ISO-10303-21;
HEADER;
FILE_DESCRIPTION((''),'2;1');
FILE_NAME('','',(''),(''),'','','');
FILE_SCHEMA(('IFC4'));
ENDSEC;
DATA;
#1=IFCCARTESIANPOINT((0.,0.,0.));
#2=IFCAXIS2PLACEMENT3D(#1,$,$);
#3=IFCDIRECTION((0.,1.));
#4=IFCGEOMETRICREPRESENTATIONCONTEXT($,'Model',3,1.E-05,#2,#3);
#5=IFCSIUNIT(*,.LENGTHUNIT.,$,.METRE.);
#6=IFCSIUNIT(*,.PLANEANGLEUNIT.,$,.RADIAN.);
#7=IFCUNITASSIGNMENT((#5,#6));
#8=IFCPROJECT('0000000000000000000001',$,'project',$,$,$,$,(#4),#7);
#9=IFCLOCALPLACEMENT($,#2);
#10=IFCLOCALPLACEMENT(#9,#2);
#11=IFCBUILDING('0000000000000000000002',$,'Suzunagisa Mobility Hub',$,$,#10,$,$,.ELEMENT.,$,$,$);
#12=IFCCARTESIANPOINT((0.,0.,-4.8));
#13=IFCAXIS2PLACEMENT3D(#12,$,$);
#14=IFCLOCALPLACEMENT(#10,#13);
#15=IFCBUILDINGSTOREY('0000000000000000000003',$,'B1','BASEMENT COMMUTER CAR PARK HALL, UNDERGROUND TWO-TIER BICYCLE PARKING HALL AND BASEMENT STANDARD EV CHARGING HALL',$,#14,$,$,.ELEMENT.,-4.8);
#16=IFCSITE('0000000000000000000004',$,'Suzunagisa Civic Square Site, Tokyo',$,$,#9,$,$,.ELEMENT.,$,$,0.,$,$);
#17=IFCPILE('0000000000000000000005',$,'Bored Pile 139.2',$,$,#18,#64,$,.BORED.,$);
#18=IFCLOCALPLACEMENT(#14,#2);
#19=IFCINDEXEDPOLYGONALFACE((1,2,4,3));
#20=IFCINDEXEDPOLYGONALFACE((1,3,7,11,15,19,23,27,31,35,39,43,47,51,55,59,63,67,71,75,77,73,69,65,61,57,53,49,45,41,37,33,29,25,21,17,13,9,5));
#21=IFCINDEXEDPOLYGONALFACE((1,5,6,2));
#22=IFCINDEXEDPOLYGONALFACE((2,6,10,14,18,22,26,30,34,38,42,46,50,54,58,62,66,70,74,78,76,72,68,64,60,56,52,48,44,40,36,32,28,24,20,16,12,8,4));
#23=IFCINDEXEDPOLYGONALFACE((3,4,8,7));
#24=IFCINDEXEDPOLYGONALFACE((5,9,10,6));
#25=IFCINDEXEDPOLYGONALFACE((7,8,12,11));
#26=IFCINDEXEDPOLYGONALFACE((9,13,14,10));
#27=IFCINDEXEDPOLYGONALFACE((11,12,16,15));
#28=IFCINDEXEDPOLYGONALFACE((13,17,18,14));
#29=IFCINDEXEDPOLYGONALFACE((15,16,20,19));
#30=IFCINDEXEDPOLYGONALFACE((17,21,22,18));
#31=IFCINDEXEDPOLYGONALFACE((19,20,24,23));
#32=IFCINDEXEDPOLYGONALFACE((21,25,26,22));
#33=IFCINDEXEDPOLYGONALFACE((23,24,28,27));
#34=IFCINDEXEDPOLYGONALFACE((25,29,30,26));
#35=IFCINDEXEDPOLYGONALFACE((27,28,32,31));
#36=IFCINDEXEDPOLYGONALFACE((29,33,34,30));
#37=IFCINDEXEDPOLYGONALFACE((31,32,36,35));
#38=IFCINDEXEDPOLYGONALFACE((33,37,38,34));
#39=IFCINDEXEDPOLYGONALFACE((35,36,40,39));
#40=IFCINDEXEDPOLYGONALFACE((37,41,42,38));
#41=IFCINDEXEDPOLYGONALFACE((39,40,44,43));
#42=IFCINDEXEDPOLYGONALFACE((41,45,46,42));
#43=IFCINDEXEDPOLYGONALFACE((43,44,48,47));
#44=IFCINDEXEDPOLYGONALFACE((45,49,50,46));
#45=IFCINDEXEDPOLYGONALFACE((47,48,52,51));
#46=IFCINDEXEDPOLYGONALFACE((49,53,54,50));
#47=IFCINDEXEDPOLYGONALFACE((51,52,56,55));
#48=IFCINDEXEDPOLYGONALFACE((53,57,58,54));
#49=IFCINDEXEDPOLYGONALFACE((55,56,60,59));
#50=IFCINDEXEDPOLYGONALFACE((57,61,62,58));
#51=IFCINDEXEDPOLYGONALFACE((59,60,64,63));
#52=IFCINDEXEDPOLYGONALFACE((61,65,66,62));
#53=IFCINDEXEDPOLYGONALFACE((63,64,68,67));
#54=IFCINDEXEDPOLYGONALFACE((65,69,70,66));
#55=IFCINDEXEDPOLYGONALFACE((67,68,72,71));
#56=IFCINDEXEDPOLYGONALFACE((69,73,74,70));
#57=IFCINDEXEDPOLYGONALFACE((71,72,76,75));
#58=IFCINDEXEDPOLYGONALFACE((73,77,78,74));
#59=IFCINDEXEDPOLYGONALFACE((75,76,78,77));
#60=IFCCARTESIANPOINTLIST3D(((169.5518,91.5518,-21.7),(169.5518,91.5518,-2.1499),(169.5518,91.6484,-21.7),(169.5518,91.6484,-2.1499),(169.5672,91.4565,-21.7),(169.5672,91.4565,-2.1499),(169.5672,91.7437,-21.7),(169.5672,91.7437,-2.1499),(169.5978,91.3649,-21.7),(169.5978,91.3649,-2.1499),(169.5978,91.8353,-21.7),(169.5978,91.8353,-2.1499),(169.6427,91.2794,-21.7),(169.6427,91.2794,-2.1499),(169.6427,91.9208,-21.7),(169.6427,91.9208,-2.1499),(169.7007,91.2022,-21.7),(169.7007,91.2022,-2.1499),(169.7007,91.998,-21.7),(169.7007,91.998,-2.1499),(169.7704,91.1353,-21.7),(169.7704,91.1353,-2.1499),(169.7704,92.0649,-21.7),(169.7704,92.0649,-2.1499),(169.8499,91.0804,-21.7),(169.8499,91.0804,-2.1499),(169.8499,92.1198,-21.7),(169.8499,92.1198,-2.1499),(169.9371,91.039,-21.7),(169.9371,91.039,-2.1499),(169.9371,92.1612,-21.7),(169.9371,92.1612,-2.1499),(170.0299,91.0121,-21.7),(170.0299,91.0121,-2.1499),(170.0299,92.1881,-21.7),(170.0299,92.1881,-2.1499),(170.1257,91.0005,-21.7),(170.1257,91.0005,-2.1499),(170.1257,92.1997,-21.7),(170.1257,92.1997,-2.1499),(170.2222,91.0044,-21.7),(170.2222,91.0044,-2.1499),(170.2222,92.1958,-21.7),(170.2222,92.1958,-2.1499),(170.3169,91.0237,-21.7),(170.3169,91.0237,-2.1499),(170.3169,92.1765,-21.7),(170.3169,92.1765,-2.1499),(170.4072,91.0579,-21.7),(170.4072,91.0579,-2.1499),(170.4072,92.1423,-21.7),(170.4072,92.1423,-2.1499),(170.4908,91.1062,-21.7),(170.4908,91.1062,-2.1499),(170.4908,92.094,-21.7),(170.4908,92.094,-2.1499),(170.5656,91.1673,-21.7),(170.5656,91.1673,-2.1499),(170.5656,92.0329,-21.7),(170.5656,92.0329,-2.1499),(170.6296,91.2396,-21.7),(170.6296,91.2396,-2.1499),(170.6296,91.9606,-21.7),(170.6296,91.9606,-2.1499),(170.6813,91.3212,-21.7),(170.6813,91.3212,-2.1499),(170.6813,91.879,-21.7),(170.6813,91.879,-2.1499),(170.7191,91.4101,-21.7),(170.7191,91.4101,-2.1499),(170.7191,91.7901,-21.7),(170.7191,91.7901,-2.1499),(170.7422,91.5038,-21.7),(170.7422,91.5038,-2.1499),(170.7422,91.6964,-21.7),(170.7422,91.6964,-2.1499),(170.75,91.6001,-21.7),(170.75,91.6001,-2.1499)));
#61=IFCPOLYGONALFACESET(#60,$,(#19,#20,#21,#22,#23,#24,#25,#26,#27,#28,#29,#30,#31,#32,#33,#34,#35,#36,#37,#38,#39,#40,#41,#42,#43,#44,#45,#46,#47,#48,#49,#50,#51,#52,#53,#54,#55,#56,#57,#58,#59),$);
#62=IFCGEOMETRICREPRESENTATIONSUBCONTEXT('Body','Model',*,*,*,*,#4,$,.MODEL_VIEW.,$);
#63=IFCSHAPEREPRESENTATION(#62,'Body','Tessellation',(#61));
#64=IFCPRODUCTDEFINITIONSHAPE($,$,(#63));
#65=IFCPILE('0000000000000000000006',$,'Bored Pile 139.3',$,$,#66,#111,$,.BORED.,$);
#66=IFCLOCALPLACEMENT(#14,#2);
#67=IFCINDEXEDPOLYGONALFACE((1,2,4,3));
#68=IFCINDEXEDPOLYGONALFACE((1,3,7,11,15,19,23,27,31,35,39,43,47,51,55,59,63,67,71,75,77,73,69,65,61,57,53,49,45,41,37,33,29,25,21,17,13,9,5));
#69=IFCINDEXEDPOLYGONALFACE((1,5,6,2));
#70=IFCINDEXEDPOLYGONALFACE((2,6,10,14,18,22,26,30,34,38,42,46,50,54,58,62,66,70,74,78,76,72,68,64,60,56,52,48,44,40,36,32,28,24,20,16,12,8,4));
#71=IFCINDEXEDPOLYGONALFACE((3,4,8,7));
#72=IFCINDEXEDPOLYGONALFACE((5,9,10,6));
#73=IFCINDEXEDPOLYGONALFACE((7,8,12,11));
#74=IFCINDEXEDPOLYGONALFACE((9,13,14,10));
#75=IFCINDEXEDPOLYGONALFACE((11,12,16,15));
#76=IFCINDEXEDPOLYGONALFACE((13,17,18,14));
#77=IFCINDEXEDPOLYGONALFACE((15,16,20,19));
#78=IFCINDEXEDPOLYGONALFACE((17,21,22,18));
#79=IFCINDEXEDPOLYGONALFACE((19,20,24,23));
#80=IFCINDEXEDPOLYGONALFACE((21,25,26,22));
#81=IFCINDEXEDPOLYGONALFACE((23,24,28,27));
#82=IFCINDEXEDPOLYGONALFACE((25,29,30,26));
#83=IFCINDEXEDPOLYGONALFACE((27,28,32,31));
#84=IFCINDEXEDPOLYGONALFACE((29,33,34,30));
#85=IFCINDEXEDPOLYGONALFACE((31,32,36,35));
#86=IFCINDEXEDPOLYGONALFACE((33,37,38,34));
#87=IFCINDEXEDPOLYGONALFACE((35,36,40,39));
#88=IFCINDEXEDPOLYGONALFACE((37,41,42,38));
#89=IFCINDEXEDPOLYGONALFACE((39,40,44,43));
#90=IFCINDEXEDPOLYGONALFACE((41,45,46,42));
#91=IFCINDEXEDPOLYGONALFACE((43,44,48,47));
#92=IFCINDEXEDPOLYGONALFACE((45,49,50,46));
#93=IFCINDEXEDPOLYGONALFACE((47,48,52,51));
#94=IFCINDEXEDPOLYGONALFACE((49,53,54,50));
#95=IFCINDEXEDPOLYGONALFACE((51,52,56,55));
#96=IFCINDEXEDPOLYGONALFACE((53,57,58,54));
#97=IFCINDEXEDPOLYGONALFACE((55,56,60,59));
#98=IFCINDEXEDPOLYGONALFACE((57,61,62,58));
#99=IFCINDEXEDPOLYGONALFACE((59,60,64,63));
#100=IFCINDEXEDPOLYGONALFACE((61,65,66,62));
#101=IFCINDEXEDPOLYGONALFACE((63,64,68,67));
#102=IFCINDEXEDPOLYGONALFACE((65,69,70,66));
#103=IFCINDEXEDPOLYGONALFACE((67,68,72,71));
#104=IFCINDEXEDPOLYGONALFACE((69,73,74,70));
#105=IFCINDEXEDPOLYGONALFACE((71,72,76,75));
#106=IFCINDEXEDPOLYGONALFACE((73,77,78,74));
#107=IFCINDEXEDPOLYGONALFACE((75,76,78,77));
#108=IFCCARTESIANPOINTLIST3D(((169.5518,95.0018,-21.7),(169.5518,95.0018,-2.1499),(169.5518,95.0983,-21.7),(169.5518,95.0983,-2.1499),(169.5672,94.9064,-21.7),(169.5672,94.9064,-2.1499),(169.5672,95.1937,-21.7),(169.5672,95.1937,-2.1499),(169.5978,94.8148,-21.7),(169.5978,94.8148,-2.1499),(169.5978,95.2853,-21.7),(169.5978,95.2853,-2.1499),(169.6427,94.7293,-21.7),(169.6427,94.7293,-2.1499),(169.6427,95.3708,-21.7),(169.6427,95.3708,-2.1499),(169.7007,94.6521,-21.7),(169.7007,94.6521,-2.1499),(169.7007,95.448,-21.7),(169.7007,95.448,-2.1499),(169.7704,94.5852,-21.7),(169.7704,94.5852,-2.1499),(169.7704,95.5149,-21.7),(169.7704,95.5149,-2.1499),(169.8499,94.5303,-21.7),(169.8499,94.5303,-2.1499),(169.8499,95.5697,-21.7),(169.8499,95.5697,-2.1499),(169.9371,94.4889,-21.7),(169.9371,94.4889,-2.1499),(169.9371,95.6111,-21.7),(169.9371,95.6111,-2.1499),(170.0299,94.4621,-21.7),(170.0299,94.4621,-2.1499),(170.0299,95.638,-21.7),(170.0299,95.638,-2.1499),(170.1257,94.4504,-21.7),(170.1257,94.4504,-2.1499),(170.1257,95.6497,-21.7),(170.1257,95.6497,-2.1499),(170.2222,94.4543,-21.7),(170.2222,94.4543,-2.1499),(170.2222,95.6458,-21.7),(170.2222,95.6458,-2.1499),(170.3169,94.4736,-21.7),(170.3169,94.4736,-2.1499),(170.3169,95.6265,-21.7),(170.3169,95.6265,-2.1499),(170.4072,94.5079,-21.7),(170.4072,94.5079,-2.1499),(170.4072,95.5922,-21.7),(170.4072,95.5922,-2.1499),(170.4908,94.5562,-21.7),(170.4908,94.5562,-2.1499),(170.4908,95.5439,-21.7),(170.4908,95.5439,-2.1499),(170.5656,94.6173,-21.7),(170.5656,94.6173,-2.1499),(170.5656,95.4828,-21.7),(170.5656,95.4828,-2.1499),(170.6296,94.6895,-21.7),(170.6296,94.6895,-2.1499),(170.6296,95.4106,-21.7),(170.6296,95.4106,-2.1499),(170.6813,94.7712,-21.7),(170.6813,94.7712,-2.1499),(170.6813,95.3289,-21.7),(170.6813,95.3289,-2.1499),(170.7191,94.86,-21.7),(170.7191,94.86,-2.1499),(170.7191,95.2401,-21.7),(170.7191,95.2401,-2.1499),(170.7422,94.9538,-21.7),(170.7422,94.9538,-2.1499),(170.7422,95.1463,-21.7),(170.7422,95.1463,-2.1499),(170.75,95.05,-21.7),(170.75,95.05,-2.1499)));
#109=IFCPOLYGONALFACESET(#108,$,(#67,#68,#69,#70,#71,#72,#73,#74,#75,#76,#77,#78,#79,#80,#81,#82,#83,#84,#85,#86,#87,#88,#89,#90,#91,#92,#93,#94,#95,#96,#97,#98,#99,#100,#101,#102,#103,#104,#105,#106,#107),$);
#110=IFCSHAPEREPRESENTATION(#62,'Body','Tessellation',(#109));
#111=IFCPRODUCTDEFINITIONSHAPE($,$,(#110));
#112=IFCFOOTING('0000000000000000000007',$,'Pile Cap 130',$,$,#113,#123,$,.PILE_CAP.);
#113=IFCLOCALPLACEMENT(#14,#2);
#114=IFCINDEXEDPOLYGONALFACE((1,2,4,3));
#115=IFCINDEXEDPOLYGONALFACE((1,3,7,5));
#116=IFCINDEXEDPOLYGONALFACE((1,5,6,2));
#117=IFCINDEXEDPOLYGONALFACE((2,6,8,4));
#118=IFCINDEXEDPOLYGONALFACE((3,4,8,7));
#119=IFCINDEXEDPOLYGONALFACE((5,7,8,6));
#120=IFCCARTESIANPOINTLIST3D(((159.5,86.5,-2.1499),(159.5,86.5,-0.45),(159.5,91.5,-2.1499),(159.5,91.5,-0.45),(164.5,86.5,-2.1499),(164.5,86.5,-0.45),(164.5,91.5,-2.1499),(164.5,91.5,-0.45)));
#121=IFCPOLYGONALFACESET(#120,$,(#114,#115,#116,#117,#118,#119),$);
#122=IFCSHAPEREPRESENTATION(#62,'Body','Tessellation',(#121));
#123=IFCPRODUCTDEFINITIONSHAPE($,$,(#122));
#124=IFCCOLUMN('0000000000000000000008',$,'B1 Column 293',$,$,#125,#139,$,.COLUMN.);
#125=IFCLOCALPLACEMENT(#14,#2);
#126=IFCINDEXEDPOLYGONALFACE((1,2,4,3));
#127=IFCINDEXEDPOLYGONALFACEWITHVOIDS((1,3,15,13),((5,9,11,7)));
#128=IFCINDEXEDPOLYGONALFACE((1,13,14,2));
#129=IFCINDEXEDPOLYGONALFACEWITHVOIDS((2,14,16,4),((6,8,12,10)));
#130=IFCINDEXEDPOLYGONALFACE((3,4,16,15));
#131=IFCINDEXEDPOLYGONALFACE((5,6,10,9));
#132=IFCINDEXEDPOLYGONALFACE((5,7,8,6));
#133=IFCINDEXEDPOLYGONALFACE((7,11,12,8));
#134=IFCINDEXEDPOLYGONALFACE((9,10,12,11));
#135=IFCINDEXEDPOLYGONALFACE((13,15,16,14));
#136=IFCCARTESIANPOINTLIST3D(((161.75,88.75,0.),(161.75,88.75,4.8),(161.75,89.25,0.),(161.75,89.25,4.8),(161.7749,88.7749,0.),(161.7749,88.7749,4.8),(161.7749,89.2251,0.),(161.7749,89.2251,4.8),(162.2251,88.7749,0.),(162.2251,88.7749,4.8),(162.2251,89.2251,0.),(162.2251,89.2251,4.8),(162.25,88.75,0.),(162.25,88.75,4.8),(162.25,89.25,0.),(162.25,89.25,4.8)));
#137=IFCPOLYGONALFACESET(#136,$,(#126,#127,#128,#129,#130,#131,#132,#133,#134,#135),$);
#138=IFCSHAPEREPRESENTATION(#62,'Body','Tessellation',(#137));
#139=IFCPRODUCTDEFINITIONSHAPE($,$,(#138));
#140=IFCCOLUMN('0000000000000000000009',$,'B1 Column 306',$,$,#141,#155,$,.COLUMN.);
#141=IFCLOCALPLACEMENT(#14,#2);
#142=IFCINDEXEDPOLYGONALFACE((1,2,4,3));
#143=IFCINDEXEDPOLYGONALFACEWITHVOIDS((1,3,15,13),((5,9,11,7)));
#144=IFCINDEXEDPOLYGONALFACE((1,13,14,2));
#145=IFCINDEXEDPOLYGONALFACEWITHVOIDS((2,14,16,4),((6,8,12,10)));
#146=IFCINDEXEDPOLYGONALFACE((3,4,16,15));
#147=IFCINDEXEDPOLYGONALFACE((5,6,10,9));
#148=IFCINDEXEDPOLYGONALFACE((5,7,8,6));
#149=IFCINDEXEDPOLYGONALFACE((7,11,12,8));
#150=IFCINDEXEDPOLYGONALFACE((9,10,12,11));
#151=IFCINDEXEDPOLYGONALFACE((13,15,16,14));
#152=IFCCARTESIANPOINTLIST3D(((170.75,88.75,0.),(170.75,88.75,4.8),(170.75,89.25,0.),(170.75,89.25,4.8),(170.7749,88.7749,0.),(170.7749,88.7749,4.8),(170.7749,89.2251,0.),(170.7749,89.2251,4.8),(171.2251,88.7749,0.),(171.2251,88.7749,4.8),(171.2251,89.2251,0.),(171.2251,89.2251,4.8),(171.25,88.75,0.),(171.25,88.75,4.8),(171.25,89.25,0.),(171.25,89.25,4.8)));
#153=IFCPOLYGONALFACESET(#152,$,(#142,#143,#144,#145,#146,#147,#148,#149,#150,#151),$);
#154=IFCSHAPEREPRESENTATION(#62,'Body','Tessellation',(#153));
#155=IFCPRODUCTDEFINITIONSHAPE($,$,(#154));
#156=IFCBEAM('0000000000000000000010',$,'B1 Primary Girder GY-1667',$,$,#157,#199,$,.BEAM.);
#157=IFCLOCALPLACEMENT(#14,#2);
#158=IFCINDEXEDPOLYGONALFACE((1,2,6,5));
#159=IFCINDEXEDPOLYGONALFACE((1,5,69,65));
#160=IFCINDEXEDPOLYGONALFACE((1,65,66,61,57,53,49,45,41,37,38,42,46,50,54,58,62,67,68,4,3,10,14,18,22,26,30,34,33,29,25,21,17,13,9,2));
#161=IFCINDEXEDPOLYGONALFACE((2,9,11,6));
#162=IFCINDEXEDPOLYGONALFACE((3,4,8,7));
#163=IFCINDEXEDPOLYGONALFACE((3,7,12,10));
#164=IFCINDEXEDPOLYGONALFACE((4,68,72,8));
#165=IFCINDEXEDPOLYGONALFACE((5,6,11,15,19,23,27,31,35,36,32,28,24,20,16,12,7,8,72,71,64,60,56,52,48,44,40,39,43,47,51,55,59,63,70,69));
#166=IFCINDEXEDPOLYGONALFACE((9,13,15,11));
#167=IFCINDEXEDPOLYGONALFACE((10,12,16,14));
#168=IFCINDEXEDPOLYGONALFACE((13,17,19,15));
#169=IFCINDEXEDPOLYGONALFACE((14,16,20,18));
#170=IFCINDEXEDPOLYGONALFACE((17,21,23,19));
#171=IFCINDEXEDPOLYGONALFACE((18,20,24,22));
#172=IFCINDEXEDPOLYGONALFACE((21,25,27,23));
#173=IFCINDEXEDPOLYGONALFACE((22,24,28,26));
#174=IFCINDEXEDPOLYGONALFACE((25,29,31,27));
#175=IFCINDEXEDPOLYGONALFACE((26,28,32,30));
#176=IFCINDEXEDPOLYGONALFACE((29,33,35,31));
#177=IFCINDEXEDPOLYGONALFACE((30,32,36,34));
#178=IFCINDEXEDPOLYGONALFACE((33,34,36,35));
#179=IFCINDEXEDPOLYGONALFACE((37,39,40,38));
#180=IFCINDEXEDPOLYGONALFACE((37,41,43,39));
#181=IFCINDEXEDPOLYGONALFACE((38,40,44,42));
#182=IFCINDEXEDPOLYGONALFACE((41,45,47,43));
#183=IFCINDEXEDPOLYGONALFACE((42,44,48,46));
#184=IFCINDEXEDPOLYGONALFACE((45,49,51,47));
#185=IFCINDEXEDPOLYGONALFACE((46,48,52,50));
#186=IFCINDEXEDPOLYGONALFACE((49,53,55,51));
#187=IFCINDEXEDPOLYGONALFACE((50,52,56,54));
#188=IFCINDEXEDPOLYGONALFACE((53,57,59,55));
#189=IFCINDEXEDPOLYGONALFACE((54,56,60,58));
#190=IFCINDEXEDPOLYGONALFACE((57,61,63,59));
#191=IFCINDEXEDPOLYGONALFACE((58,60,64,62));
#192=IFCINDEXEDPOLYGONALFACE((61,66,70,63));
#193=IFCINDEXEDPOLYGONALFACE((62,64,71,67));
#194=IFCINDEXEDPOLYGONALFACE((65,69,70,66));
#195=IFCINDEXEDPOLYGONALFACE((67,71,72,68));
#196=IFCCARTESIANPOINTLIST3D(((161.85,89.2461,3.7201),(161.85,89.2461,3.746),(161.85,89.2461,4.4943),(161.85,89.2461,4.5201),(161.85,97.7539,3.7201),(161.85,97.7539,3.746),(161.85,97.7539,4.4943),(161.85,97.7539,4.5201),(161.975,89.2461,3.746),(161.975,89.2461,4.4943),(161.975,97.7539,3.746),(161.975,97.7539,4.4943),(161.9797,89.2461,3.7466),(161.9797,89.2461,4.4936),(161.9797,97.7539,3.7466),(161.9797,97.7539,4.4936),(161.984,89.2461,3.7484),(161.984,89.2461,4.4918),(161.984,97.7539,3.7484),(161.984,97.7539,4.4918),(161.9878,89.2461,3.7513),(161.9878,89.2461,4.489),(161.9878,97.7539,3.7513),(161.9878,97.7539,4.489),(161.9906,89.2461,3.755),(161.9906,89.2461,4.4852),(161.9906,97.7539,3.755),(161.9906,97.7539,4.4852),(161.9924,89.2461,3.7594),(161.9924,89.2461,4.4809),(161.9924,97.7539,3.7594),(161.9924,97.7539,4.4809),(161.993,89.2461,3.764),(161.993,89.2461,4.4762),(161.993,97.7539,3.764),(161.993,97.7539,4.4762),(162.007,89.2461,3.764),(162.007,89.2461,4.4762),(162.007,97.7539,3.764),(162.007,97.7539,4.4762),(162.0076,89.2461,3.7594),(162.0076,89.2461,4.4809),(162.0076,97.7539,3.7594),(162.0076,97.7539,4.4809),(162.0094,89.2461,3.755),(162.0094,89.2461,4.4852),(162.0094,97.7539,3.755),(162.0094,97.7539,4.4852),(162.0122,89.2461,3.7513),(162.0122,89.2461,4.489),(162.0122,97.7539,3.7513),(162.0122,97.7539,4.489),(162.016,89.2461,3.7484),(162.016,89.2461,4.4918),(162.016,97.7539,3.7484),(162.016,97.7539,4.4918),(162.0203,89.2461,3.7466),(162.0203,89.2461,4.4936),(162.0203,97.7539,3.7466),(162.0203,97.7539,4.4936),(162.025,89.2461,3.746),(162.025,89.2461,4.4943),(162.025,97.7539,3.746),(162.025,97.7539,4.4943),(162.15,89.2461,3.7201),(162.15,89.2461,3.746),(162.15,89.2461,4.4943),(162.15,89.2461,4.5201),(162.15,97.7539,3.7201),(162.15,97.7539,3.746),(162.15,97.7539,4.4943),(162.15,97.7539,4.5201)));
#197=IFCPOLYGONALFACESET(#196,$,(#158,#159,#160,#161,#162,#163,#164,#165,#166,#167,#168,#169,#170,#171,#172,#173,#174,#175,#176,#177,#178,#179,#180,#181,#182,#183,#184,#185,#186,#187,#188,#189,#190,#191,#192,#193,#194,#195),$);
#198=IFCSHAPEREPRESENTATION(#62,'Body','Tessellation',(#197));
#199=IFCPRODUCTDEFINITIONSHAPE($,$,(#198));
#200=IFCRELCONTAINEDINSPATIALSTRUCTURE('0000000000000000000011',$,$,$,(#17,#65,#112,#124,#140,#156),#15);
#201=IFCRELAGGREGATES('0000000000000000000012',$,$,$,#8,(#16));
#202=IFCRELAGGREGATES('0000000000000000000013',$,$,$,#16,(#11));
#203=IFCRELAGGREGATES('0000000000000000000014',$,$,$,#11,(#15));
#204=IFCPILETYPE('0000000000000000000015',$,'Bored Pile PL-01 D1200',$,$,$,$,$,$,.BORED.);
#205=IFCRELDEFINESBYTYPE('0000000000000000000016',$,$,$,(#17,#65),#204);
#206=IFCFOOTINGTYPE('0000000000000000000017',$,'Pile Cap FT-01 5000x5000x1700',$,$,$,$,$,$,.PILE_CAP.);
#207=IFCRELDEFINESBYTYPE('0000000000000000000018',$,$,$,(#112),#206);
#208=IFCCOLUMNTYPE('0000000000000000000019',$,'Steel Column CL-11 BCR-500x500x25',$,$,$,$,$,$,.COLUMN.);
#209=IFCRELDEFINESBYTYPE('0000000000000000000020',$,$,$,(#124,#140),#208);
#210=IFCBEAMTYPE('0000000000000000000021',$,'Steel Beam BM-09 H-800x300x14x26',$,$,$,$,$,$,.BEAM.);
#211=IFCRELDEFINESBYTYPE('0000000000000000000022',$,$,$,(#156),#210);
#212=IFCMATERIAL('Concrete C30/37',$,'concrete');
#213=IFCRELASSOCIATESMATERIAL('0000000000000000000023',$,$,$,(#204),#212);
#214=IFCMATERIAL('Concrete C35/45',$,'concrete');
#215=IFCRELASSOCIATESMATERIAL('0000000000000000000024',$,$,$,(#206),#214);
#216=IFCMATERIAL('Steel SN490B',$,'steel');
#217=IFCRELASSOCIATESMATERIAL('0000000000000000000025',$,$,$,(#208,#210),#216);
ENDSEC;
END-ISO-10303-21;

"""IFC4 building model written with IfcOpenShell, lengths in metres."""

from ifc_helpers import new_model, si_unit, direction, frame, origin, origin_2d, place, context, subcontext, project, spatial, rectangle, hollow_rectangle, circle, i_section, extrude, material, material_profile, profile_set, type_object, element, save


model = new_model("IFC4")

# Units and contexts
model_context = context("Model", 3, precision=1e-05, world=origin(), true_north=direction((0.0, 1.0)))
body_context = subcontext(model_context, "Body", "Model", "MODEL_VIEW")
ifc_project = project(units=[si_unit("LENGTHUNIT", "METRE"), si_unit("PLANEANGLEUNIT", "RADIAN")], contexts=[model_context])

# Site, building, storey
site_placement = place(None, origin())
site = spatial("IfcSite", under=ifc_project, at=site_placement, Name="Suzunagisa Civic Square Site, Tokyo", CompositionType="ELEMENT", RefElevation=0.0)
building_placement = place(site_placement, origin())
building = spatial("IfcBuilding", under=site, at=building_placement, Name="Suzunagisa Mobility Hub", CompositionType="ELEMENT")
storey_placement = place(building_placement, frame((0.0, 0.0, -4.8)))
storey = spatial("IfcBuildingStorey", under=building, at=storey_placement, Name="B1", Description="BASEMENT COMMUTER CAR PARK HALL, UNDERGROUND TWO-TIER BICYCLE PARKING HALL AND BASEMENT STANDARD EV CHARGING HALL", CompositionType="ELEMENT", Elevation=-4.8)

# Piles
ifc_material_1 = material(Name="Concrete C30/37", Category="concrete")
ifc_material_profile_1 = material_profile(ifc_material_1, circle(Radius=0.6001, at=origin_2d()), Name="BORED PILE D1200")
ifc_profile_set_1 = profile_set([ifc_material_profile_1], Name="Concrete C30/37")
pile_type = type_object("IfcPileType", Name="Bored Pile PL-01 D1200", PredefinedType="BORED", material=ifc_profile_set_1)
for number, where, z_axis, x_axis, name in (
    (1, (170.1499, 91.6001, -2.1499), (0.0, 0.0, -1.0), (1.0, 0.0, 0.0), "Bored Pile 139.2"),
    (2, (170.1499, 95.05, -2.1499), (0.0, 0.0, -1.0), (1.0, 0.0, 0.0), "Bored Pile 139.3"),
):
    element("IfcPile", number, at=place(storey_placement, frame(where, z_axis=z_axis, x_axis=x_axis)), inside=storey, type_object=pile_type, Name=name, PredefinedType="BORED", context=body_context, shape_type="SweptSolid", body=[
        extrude(circle(Radius=0.6001, at=origin_2d()), origin(), (0.0, 0.0, 1.0), 19.55),
    ])

# Footing
ifc_material_2 = material(Name="Concrete C35/45", Category="concrete")
footing_type = type_object("IfcFootingType", Name="Pile Cap FT-01 5000x5000x1700", PredefinedType="PILE_CAP", material=ifc_material_2)
footing_placement = place(storey_placement, frame((162.0, 89.0, -2.1499), z_axis=(0.0, 0.0, 1.0), x_axis=(1.0, 0.0, 0.0)))
element("IfcFooting", 3, at=footing_placement, inside=storey, type_object=footing_type, Name="Pile Cap 130", PredefinedType="PILE_CAP", context=body_context, shape_type="SweptSolid", body=[
    extrude(rectangle(XDim=5.0, YDim=5.0, at=origin_2d()), origin(), (0.0, 0.0, 1.0), 1.7),
])

# Columns
ifc_material_3 = material(Name="Steel SN490B", Category="steel")
ifc_material_profile_2 = material_profile(ifc_material_3, hollow_rectangle(XDim=0.5, YDim=0.5, WallThickness=0.0249, at=origin_2d()), Name="BCR-500x500x25")
ifc_profile_set_2 = profile_set([ifc_material_profile_2], Name="Steel SN490B")
column_type = type_object("IfcColumnType", Name="Steel Column CL-11 BCR-500x500x25", PredefinedType="COLUMN", material=ifc_profile_set_2)
for number, where, z_axis, x_axis, name in (
    (4, (162.0, 89.0, 0.0), (0.0, 0.0, 1.0), (1.0, 0.0, 0.0), "B1 Column 293"),
    (5, (171.0, 89.0, 0.0), (0.0, 0.0, 1.0), (1.0, 0.0, 0.0), "B1 Column 306"),
):
    element("IfcColumn", number, at=place(storey_placement, frame(where, z_axis=z_axis, x_axis=x_axis)), inside=storey, type_object=column_type, Name=name, PredefinedType="COLUMN", context=body_context, shape_type="SweptSolid", body=[
        extrude(hollow_rectangle(XDim=0.5, YDim=0.5, WallThickness=0.0249, at=origin_2d()), origin(), (0.0, 0.0, 1.0), 4.8),
    ])

# Beam
ifc_material_profile_3 = material_profile(ifc_material_3, i_section(OverallWidth=0.3, OverallDepth=0.8, WebThickness=0.0139, FlangeThickness=0.0259, FilletRadius=0.0181, at=origin_2d()), Name="H-800x300x14x26")
ifc_profile_set_3 = profile_set([ifc_material_profile_3], Name="Steel SN490B")
beam_type_1 = type_object("IfcBeamType", Name="Steel Beam BM-09 H-800x300x14x26", PredefinedType="BEAM", material=ifc_profile_set_3)
for number, where, z_axis, x_axis, name in (
    (6, (162.0, 89.2461, 4.1201), (0.0, 1.0, 0.0), (-1.0, 0.0, 0.0), "B1 Primary Girder GY-1667"),
):
    element("IfcBeam", number, at=place(storey_placement, frame(where, z_axis=z_axis, x_axis=x_axis)), inside=storey, type_object=beam_type_1, Name=name, PredefinedType="BEAM", context=body_context, shape_type="SweptSolid", body=[
        extrude(i_section(OverallWidth=0.3, OverallDepth=0.8, WebThickness=0.0139, FlangeThickness=0.0259, FilletRadius=0.0181, at=origin_2d()), origin(), (0.0, 0.0, 1.0), 8.5078),
    ])

save(model, "model.ifc")
